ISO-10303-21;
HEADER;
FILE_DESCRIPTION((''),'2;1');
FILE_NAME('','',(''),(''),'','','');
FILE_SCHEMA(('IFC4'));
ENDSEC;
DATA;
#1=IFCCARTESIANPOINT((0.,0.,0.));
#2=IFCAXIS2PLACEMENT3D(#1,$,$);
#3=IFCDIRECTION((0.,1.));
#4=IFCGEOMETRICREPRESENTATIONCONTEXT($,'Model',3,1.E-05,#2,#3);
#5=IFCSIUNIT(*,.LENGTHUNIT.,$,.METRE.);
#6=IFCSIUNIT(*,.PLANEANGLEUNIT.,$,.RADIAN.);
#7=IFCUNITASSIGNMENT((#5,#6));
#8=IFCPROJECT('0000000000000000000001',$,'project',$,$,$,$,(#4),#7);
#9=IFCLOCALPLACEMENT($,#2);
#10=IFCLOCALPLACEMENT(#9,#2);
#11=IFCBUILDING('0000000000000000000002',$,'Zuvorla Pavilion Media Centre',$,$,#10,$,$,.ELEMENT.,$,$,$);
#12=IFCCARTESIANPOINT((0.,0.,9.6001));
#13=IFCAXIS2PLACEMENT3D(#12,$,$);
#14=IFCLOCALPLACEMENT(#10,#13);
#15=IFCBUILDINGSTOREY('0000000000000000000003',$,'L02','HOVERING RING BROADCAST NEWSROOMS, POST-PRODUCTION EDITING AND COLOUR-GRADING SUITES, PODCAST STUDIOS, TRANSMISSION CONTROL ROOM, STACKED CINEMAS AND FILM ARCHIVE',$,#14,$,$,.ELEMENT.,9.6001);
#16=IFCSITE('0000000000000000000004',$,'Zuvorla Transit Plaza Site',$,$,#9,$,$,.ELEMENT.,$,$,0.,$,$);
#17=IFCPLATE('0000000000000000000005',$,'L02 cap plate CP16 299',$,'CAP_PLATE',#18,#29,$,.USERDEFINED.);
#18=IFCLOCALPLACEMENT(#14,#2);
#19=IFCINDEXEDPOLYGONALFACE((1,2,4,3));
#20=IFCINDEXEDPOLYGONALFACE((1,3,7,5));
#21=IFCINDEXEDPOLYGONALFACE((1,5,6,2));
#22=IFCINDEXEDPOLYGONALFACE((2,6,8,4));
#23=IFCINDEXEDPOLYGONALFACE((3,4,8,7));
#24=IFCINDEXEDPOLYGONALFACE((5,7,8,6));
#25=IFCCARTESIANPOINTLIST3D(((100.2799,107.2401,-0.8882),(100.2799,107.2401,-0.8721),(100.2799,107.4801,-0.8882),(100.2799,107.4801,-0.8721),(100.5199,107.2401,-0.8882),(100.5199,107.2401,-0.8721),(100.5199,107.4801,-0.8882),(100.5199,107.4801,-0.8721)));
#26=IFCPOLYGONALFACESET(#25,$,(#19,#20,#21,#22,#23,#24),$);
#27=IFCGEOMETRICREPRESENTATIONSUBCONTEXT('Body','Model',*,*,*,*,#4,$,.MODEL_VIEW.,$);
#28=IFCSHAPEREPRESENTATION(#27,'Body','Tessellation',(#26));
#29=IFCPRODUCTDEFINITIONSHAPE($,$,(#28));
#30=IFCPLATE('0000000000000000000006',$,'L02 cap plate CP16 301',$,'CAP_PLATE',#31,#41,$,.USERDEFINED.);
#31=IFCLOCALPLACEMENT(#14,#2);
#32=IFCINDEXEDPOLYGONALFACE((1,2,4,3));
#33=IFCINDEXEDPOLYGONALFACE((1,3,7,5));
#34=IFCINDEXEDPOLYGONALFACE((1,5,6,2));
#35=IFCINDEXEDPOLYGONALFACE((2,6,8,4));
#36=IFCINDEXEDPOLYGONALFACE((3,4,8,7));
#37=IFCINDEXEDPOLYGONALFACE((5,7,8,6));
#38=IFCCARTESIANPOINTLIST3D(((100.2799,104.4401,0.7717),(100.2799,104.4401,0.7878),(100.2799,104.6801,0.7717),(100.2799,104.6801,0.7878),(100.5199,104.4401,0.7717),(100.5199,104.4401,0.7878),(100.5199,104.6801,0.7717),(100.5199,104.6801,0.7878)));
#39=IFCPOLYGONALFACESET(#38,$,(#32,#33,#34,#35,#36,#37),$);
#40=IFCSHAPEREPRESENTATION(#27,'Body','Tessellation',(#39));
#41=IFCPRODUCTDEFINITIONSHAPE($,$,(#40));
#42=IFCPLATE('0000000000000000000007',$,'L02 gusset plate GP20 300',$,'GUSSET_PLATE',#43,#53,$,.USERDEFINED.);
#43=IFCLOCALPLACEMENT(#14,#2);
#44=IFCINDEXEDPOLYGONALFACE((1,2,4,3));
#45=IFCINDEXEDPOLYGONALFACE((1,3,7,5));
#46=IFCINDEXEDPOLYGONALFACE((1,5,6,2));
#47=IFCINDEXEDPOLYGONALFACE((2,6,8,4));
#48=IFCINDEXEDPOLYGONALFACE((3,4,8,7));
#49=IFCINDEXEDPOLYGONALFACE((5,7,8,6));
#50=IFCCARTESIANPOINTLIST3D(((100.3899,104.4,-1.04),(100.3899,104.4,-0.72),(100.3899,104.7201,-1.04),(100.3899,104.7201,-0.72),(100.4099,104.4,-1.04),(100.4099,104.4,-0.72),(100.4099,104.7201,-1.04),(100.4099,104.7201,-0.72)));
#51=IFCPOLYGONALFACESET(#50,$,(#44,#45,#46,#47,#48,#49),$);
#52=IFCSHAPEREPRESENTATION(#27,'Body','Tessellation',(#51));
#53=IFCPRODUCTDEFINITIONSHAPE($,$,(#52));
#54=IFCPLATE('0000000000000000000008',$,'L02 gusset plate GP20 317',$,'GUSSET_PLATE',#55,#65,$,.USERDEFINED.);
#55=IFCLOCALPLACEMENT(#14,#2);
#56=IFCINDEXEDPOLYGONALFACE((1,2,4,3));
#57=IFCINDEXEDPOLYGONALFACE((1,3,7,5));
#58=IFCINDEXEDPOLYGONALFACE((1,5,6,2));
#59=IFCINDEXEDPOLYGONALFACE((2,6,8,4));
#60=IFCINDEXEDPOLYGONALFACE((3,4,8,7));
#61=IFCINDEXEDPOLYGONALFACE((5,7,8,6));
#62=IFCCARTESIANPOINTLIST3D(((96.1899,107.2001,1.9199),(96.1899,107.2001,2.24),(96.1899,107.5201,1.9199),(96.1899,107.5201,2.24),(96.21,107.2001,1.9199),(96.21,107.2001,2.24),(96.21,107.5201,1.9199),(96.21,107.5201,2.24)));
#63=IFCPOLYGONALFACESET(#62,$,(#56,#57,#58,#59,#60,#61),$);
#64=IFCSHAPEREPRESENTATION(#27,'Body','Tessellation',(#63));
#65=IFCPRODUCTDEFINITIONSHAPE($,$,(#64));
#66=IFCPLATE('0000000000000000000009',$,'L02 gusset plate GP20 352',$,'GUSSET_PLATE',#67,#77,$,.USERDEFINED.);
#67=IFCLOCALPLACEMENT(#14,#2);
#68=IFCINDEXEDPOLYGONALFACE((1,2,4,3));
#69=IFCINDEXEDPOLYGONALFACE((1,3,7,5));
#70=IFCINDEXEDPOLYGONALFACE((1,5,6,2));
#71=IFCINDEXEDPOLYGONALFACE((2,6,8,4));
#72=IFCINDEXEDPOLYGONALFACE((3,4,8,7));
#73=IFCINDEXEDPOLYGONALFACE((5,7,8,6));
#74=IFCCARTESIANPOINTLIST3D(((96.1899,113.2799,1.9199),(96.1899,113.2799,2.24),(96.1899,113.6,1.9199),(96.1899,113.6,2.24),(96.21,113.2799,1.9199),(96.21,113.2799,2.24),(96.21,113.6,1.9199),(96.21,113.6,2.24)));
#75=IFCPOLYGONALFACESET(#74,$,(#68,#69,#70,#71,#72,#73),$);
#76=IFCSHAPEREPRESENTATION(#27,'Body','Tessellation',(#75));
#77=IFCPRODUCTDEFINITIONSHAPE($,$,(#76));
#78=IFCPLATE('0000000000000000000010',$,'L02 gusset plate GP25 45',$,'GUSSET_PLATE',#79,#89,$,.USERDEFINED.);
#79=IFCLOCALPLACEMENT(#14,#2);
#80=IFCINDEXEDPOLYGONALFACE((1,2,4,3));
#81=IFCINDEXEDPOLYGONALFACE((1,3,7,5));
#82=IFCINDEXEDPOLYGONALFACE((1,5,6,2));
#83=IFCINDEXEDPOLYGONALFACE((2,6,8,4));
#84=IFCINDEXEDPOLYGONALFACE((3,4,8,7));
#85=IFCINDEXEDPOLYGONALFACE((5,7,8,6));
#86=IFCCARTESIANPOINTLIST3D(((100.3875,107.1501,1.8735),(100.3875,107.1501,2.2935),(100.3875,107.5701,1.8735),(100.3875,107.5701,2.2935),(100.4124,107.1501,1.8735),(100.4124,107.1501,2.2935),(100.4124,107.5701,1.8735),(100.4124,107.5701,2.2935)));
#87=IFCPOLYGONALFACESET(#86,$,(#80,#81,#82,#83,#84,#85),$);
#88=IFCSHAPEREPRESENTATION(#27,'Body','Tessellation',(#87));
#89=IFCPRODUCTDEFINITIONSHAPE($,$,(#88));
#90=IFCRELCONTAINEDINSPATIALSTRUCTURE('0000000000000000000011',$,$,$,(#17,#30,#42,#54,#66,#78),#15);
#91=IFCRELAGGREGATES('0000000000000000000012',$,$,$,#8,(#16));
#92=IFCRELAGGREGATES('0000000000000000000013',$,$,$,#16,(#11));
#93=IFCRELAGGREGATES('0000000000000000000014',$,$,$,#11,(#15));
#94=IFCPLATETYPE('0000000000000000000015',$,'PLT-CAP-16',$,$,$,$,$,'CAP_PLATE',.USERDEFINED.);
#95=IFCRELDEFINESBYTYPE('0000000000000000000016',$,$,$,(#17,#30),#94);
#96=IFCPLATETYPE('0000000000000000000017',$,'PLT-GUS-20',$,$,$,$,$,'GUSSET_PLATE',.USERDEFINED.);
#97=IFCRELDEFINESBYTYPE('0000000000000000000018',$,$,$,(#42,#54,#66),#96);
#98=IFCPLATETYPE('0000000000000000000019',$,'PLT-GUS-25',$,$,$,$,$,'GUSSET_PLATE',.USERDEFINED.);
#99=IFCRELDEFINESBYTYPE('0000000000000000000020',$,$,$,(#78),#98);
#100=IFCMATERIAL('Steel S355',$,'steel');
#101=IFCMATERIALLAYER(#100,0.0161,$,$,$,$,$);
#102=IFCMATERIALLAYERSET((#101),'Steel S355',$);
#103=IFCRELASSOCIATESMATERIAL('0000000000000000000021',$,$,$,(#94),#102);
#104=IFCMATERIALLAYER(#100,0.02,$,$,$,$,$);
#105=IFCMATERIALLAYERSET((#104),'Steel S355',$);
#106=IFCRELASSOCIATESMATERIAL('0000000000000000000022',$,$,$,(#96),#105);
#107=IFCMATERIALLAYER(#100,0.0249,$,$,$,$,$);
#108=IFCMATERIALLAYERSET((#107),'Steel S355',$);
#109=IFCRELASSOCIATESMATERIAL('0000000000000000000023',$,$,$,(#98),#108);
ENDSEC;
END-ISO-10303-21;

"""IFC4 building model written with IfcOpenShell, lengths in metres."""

from ifc_helpers import new_model, si_unit, direction, frame, origin, origin_2d, place, context, subcontext, project, spatial, rectangle, extrude, material, layer, layer_set, type_object, element, save


model = new_model("IFC4")

# Units and contexts
model_context = context("Model", 3, precision=1e-05, world=origin(), true_north=direction((0.0, 1.0)))
body_context = subcontext(model_context, "Body", "Model", "MODEL_VIEW")
ifc_project = project(units=[si_unit("LENGTHUNIT", "METRE"), si_unit("PLANEANGLEUNIT", "RADIAN")], contexts=[model_context])

# Site, building, storey
site_placement = place(None, origin())
site = spatial("IfcSite", under=ifc_project, at=site_placement, Name="Zuvorla Transit Plaza Site", CompositionType="ELEMENT", RefElevation=0.0)
building_placement = place(site_placement, origin())
building = spatial("IfcBuilding", under=site, at=building_placement, Name="Zuvorla Pavilion Media Centre", CompositionType="ELEMENT")
storey_placement = place(building_placement, frame((0.0, 0.0, 9.6001)))
storey = spatial("IfcBuildingStorey", under=building, at=storey_placement, Name="L02", Description="HOVERING RING BROADCAST NEWSROOMS, POST-PRODUCTION EDITING AND COLOUR-GRADING SUITES, PODCAST STUDIOS, TRANSMISSION CONTROL ROOM, STACKED CINEMAS AND FILM ARCHIVE", CompositionType="ELEMENT", Elevation=9.6001)

# Shared definitions
ifc_material_1 = material(Name="Steel S355", Category="steel")

# Plates
ifc_layer_1 = layer(ifc_material_1, 0.0161)
ifc_layer_set_1 = layer_set([ifc_layer_1], Name="Steel S355")
plate_type_1 = type_object("IfcPlateType", Name="PLT-CAP-16", ElementType="CAP_PLATE", PredefinedType="USERDEFINED", material=ifc_layer_set_1)
for number, where, z_axis, x_axis, name in (
    (1, (100.3999, 107.3601, -0.8882), (0.0, 0.0, 1.0), (1.0, 0.0, 0.0), "L02 cap plate CP16 299"),
    (2, (100.3999, 104.5601, 0.7717), (0.0, 0.0, 1.0), (1.0, 0.0, 0.0), "L02 cap plate CP16 301"),
):
    element("IfcPlate", number, at=place(storey_placement, frame(where, z_axis=z_axis, x_axis=x_axis)), inside=storey, type_object=plate_type_1, Name=name, ObjectType="CAP_PLATE", PredefinedType="USERDEFINED", context=body_context, shape_type="SweptSolid", body=[
        extrude(rectangle(XDim=0.24, YDim=0.24, at=origin_2d()), origin(), (0.0, 0.0, 1.0), 0.0161),
    ])
ifc_layer_2 = layer(ifc_material_1, 0.02)
ifc_layer_set_2 = layer_set([ifc_layer_2], Name="Steel S355")
plate_type_2 = type_object("IfcPlateType", Name="PLT-GUS-20", ElementType="GUSSET_PLATE", PredefinedType="USERDEFINED", material=ifc_layer_set_2)
for number, where, z_axis, x_axis, name in (
    (3, (100.3999, 104.5601, -1.04), (0.0, 0.0, 1.0), (1.0, 0.0, 0.0), "L02 gusset plate GP20 300"),
    (4, (96.2, 107.3601, 1.9199), (0.0, 0.0, 1.0), (1.0, 0.0, 0.0), "L02 gusset plate GP20 317"),
    (5, (96.2, 113.4399, 1.9199), (0.0, 0.0, 1.0), (1.0, 0.0, 0.0), "L02 gusset plate GP20 352"),
):
    element("IfcPlate", number, at=place(storey_placement, frame(where, z_axis=z_axis, x_axis=x_axis)), inside=storey, type_object=plate_type_2, Name=name, ObjectType="GUSSET_PLATE", PredefinedType="USERDEFINED", context=body_context, shape_type="SweptSolid", body=[
        extrude(rectangle(XDim=0.02, YDim=0.3201, at=origin_2d()), origin(), (0.0, 0.0, 1.0), 0.3201),
    ])
ifc_layer_3 = layer(ifc_material_1, 0.0249)
ifc_layer_set_3 = layer_set([ifc_layer_3], Name="Steel S355")
plate_type_3 = type_object("IfcPlateType", Name="PLT-GUS-25", ElementType="GUSSET_PLATE", PredefinedType="USERDEFINED", material=ifc_layer_set_3)
plate_1_placement = place(storey_placement, frame((100.3999, 107.3601, 1.8735), z_axis=(0.0, 0.0, 1.0), x_axis=(1.0, 0.0, 0.0)))
element("IfcPlate", 6, at=plate_1_placement, inside=storey, type_object=plate_type_3, Name="L02 gusset plate GP25 45", ObjectType="GUSSET_PLATE", PredefinedType="USERDEFINED", context=body_context, shape_type="SweptSolid", body=[
    extrude(rectangle(XDim=0.0249, YDim=0.4199, at=origin_2d()), origin(), (0.0, 0.0, 1.0), 0.4199),
])

save(model, "model.ifc")
